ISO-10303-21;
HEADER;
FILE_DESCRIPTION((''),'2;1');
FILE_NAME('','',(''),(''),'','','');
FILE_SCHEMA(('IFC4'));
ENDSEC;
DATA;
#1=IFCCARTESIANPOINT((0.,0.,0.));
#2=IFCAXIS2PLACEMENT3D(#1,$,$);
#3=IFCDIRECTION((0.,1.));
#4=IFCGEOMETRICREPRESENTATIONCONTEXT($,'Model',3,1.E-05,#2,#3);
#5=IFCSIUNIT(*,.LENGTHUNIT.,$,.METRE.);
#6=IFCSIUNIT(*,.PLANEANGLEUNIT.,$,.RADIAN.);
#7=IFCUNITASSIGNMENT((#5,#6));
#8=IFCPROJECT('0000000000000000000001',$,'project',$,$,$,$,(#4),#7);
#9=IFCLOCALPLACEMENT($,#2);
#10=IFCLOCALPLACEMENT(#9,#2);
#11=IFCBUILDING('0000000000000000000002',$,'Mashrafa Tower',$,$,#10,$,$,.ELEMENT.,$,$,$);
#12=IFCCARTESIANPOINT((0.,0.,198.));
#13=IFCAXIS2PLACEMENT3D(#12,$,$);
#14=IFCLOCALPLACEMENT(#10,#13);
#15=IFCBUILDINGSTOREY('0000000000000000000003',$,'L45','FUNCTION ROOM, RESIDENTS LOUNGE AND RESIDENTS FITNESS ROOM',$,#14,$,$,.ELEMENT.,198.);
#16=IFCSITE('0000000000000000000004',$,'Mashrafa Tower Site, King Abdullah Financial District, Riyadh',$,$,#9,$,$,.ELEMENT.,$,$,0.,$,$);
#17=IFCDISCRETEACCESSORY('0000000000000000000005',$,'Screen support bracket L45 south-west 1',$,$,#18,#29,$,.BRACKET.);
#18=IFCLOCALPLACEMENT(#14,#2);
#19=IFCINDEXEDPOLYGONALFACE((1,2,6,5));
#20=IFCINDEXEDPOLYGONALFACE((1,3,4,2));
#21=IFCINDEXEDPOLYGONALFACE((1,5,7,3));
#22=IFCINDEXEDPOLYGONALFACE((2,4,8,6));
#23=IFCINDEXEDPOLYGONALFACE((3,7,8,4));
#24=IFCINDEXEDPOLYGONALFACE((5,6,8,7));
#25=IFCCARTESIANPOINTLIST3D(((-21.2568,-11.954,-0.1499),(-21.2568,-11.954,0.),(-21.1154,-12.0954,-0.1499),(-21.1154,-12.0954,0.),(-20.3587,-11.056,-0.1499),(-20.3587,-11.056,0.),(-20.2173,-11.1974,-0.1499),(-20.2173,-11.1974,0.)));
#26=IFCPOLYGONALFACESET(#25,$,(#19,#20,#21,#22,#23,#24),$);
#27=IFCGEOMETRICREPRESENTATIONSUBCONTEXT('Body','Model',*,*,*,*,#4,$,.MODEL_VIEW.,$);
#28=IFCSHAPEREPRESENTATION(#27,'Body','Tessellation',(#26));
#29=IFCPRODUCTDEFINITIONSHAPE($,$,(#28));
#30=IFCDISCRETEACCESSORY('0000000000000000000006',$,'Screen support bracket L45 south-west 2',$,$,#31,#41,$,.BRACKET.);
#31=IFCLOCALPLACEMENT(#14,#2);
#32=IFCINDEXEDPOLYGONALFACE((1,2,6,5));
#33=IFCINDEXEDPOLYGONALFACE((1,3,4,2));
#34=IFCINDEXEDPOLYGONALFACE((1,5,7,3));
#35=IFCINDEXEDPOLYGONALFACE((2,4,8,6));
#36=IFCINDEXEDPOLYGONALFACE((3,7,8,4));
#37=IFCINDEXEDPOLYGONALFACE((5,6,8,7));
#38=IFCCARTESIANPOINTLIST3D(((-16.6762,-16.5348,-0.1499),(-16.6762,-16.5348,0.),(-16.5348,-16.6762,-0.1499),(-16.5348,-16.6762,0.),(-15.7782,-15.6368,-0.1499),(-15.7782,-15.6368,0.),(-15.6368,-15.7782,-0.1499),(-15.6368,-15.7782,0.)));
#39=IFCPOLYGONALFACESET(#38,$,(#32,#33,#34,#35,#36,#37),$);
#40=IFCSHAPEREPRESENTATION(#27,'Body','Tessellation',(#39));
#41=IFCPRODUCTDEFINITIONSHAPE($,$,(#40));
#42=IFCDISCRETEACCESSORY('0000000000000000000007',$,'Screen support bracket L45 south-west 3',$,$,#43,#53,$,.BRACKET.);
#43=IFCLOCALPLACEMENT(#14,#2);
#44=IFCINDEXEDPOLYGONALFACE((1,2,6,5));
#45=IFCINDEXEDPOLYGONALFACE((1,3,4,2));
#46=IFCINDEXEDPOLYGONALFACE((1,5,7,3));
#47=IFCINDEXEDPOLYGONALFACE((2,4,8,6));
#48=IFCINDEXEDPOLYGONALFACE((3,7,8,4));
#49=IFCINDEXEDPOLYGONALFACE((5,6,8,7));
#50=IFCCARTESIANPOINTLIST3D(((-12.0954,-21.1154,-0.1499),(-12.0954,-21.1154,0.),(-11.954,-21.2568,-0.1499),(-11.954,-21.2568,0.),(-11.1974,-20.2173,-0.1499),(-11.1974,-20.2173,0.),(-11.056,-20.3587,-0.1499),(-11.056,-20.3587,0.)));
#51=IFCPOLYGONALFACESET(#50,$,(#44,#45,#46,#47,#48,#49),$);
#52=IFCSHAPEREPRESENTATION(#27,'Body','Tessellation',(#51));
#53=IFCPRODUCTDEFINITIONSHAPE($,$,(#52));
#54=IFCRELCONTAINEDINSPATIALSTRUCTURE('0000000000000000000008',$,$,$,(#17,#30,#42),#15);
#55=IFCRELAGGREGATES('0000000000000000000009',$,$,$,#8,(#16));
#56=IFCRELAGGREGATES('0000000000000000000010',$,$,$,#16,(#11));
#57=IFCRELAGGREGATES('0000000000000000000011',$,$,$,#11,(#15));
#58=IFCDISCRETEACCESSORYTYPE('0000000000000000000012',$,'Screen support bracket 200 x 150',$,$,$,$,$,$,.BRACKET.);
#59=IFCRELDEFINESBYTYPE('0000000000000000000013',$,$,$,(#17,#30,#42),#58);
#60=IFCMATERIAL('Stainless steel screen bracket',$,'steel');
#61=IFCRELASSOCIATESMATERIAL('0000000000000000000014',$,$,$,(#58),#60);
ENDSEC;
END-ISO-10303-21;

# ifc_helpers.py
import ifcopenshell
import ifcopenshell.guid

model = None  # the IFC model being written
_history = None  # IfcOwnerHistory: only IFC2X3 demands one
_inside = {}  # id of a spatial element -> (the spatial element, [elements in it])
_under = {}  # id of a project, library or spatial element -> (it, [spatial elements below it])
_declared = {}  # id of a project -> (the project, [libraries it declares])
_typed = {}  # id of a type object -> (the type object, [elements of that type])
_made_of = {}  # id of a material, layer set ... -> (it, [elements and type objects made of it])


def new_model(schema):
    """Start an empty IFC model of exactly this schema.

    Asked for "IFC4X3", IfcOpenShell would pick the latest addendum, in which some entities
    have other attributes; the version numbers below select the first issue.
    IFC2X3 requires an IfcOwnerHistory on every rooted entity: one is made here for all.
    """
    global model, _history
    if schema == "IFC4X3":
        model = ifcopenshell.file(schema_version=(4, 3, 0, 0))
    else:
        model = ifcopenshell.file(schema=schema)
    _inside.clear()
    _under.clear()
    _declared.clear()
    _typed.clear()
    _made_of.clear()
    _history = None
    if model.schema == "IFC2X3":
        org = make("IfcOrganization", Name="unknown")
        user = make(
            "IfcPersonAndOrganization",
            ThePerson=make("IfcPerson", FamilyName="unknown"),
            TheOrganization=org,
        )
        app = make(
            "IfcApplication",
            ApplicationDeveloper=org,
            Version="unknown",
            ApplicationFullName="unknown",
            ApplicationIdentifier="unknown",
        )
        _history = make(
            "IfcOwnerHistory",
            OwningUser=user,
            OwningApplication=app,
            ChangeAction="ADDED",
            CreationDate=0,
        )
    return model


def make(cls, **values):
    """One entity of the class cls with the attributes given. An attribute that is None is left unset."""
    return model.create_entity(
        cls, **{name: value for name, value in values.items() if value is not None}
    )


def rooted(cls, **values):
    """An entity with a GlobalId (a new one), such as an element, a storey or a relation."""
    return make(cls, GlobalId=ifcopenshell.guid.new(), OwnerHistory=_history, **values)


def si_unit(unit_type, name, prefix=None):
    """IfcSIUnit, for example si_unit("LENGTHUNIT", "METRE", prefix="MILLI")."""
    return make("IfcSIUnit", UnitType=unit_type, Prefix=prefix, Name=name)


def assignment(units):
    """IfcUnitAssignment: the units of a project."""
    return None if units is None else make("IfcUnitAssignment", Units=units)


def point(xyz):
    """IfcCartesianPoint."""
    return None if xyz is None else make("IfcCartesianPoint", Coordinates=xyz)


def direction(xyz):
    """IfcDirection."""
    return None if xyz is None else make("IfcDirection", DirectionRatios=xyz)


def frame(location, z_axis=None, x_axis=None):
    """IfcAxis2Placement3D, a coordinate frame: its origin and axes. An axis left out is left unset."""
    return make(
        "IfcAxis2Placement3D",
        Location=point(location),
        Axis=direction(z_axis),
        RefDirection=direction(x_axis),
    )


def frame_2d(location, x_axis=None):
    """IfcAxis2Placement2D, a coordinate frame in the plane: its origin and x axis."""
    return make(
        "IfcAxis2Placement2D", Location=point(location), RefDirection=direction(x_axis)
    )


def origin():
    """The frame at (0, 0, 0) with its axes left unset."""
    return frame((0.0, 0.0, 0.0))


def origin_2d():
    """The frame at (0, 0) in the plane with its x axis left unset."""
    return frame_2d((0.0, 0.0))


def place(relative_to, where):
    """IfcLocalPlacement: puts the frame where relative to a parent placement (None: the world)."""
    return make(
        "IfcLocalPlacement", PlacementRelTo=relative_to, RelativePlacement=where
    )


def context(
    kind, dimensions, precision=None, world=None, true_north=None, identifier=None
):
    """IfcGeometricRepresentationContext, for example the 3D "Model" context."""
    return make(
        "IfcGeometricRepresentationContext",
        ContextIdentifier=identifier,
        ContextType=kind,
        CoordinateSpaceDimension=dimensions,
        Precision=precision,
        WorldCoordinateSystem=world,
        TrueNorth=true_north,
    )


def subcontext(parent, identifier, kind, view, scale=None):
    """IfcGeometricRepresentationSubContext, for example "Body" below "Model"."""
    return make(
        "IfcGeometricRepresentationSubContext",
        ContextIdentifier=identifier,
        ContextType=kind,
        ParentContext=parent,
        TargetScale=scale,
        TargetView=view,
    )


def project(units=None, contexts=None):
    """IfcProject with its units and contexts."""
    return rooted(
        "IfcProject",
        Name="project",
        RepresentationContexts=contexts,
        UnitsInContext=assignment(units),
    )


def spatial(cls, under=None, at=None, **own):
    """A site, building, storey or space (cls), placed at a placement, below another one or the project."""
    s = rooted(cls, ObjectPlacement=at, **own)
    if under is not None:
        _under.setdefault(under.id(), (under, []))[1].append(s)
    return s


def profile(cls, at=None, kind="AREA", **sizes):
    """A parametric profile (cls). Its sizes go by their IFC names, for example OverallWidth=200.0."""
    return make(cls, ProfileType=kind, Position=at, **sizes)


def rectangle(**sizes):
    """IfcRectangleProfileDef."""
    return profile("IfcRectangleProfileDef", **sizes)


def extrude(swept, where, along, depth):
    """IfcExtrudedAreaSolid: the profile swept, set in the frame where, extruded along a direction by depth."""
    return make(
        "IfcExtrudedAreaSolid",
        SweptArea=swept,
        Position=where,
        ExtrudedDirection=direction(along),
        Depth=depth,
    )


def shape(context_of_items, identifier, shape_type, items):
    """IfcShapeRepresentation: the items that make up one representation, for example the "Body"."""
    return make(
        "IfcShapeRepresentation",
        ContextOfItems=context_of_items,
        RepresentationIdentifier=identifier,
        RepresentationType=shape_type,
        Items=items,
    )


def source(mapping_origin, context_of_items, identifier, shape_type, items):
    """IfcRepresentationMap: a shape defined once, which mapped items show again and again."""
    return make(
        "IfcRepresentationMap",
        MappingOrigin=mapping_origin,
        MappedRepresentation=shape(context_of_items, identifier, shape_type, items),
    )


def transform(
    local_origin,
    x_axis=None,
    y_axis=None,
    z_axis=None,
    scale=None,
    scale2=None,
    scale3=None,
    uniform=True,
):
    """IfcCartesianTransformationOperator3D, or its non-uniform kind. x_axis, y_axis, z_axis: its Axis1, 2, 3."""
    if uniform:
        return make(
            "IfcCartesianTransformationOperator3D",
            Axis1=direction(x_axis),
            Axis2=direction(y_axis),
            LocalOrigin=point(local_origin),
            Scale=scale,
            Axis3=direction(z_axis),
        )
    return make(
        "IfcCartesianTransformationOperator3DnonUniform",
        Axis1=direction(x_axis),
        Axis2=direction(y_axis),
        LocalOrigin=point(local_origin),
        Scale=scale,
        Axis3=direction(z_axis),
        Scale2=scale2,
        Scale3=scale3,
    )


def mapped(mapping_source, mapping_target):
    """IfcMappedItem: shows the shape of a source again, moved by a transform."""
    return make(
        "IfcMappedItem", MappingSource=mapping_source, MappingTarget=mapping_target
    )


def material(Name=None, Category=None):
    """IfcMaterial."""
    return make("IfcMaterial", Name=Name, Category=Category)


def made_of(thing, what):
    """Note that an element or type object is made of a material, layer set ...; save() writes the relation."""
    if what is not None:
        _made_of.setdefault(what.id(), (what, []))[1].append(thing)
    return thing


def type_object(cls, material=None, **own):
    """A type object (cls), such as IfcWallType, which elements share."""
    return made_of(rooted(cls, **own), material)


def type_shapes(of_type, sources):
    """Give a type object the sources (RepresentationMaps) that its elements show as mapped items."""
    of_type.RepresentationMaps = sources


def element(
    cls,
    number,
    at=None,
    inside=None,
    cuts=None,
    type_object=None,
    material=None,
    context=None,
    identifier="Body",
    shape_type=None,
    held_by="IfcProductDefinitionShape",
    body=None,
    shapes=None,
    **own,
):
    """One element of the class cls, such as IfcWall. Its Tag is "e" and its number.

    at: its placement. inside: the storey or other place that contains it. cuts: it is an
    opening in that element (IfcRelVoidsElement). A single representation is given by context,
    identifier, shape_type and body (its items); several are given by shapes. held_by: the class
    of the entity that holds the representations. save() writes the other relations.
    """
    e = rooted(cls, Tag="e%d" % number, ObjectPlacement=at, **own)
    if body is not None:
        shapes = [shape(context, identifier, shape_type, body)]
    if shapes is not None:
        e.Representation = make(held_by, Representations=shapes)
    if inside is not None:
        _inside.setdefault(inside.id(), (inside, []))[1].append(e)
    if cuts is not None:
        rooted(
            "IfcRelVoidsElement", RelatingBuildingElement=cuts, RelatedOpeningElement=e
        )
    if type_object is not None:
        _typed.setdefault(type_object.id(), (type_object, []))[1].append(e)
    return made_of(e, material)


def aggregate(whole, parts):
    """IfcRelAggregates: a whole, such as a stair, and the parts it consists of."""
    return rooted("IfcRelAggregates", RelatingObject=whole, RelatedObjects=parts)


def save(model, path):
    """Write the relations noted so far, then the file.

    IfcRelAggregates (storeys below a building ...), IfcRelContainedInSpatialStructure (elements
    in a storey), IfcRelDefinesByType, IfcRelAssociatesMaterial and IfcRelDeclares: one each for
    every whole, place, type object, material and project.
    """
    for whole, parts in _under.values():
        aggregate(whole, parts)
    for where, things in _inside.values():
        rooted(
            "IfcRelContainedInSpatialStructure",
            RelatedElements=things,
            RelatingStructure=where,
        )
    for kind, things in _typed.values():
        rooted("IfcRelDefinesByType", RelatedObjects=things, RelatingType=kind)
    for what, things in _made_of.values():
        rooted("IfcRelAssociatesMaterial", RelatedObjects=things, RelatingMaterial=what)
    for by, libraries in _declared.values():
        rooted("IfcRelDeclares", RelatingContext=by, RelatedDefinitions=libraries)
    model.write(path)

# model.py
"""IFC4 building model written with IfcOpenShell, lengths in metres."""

from ifc_helpers import new_model, si_unit, direction, frame, origin, origin_2d, place, context, subcontext, project, spatial, rectangle, extrude, source, transform, mapped, material, type_object, type_shapes, element, save


model = new_model("IFC4")

# Units and contexts
model_context = context("Model", 3, precision=1e-05, world=origin(), true_north=direction((0.0, 1.0)))
body_context = subcontext(model_context, "Body", "Model", "MODEL_VIEW")
ifc_project = project(units=[si_unit("LENGTHUNIT", "METRE"), si_unit("PLANEANGLEUNIT", "RADIAN")], contexts=[model_context])

# Site, building, storey
site_placement = place(None, origin())
site = spatial("IfcSite", under=ifc_project, at=site_placement, Name="Mashrafa Tower Site, King Abdullah Financial District, Riyadh", CompositionType="ELEMENT", RefElevation=0.0)
building_placement = place(site_placement, origin())
building = spatial("IfcBuilding", under=site, at=building_placement, Name="Mashrafa Tower", CompositionType="ELEMENT")
storey_placement = place(building_placement, frame((0.0, 0.0, 198.0)))
storey = spatial("IfcBuildingStorey", under=building, at=storey_placement, Name="L45", Description="FUNCTION ROOM, RESIDENTS LOUNGE AND RESIDENTS FITNESS ROOM", CompositionType="ELEMENT", Elevation=198.0)

# Discrete accessories
ifc_material_1 = material(Name="Stainless steel screen bracket", Category="steel")
discrete_accessory_type = type_object("IfcDiscreteAccessoryType", Name="Screen support bracket 200 x 150", PredefinedType="BRACKET", material=ifc_material_1)
shared_shape_1 = source(origin(), body_context, "Body", "SweptSolid", [
    extrude(rectangle(XDim=0.2, YDim=1.27, at=origin_2d()), origin(), (0.0, 0.0, 1.0), 0.1499),
])
type_shapes(discrete_accessory_type, [shared_shape_1])
for number, where, z_axis, x_axis, name in (
    (1, (-20.7371, -11.5757, -0.1499), (0.0, 0.0, 1.0), (0.707107, -0.707107, 0.0), "Screen support bracket L45 south-west 1"),
    (2, (-16.1565, -16.1565, -0.1499), (0.0, 0.0, 1.0), (0.707107, -0.707107, 0.0), "Screen support bracket L45 south-west 2"),
    (3, (-11.5757, -20.7371, -0.1499), (0.0, 0.0, 1.0), (0.707107, -0.707107, 0.0), "Screen support bracket L45 south-west 3"),
):
    element("IfcDiscreteAccessory", number, at=place(storey_placement, frame(where, z_axis=z_axis, x_axis=x_axis)), inside=storey, type_object=discrete_accessory_type, Name=name, PredefinedType="BRACKET", context=body_context, shape_type="MappedRepresentation", body=[
        mapped(shared_shape_1, transform((0.0, 0.0, 0.0))),
    ])

save(model, "model.ifc")
